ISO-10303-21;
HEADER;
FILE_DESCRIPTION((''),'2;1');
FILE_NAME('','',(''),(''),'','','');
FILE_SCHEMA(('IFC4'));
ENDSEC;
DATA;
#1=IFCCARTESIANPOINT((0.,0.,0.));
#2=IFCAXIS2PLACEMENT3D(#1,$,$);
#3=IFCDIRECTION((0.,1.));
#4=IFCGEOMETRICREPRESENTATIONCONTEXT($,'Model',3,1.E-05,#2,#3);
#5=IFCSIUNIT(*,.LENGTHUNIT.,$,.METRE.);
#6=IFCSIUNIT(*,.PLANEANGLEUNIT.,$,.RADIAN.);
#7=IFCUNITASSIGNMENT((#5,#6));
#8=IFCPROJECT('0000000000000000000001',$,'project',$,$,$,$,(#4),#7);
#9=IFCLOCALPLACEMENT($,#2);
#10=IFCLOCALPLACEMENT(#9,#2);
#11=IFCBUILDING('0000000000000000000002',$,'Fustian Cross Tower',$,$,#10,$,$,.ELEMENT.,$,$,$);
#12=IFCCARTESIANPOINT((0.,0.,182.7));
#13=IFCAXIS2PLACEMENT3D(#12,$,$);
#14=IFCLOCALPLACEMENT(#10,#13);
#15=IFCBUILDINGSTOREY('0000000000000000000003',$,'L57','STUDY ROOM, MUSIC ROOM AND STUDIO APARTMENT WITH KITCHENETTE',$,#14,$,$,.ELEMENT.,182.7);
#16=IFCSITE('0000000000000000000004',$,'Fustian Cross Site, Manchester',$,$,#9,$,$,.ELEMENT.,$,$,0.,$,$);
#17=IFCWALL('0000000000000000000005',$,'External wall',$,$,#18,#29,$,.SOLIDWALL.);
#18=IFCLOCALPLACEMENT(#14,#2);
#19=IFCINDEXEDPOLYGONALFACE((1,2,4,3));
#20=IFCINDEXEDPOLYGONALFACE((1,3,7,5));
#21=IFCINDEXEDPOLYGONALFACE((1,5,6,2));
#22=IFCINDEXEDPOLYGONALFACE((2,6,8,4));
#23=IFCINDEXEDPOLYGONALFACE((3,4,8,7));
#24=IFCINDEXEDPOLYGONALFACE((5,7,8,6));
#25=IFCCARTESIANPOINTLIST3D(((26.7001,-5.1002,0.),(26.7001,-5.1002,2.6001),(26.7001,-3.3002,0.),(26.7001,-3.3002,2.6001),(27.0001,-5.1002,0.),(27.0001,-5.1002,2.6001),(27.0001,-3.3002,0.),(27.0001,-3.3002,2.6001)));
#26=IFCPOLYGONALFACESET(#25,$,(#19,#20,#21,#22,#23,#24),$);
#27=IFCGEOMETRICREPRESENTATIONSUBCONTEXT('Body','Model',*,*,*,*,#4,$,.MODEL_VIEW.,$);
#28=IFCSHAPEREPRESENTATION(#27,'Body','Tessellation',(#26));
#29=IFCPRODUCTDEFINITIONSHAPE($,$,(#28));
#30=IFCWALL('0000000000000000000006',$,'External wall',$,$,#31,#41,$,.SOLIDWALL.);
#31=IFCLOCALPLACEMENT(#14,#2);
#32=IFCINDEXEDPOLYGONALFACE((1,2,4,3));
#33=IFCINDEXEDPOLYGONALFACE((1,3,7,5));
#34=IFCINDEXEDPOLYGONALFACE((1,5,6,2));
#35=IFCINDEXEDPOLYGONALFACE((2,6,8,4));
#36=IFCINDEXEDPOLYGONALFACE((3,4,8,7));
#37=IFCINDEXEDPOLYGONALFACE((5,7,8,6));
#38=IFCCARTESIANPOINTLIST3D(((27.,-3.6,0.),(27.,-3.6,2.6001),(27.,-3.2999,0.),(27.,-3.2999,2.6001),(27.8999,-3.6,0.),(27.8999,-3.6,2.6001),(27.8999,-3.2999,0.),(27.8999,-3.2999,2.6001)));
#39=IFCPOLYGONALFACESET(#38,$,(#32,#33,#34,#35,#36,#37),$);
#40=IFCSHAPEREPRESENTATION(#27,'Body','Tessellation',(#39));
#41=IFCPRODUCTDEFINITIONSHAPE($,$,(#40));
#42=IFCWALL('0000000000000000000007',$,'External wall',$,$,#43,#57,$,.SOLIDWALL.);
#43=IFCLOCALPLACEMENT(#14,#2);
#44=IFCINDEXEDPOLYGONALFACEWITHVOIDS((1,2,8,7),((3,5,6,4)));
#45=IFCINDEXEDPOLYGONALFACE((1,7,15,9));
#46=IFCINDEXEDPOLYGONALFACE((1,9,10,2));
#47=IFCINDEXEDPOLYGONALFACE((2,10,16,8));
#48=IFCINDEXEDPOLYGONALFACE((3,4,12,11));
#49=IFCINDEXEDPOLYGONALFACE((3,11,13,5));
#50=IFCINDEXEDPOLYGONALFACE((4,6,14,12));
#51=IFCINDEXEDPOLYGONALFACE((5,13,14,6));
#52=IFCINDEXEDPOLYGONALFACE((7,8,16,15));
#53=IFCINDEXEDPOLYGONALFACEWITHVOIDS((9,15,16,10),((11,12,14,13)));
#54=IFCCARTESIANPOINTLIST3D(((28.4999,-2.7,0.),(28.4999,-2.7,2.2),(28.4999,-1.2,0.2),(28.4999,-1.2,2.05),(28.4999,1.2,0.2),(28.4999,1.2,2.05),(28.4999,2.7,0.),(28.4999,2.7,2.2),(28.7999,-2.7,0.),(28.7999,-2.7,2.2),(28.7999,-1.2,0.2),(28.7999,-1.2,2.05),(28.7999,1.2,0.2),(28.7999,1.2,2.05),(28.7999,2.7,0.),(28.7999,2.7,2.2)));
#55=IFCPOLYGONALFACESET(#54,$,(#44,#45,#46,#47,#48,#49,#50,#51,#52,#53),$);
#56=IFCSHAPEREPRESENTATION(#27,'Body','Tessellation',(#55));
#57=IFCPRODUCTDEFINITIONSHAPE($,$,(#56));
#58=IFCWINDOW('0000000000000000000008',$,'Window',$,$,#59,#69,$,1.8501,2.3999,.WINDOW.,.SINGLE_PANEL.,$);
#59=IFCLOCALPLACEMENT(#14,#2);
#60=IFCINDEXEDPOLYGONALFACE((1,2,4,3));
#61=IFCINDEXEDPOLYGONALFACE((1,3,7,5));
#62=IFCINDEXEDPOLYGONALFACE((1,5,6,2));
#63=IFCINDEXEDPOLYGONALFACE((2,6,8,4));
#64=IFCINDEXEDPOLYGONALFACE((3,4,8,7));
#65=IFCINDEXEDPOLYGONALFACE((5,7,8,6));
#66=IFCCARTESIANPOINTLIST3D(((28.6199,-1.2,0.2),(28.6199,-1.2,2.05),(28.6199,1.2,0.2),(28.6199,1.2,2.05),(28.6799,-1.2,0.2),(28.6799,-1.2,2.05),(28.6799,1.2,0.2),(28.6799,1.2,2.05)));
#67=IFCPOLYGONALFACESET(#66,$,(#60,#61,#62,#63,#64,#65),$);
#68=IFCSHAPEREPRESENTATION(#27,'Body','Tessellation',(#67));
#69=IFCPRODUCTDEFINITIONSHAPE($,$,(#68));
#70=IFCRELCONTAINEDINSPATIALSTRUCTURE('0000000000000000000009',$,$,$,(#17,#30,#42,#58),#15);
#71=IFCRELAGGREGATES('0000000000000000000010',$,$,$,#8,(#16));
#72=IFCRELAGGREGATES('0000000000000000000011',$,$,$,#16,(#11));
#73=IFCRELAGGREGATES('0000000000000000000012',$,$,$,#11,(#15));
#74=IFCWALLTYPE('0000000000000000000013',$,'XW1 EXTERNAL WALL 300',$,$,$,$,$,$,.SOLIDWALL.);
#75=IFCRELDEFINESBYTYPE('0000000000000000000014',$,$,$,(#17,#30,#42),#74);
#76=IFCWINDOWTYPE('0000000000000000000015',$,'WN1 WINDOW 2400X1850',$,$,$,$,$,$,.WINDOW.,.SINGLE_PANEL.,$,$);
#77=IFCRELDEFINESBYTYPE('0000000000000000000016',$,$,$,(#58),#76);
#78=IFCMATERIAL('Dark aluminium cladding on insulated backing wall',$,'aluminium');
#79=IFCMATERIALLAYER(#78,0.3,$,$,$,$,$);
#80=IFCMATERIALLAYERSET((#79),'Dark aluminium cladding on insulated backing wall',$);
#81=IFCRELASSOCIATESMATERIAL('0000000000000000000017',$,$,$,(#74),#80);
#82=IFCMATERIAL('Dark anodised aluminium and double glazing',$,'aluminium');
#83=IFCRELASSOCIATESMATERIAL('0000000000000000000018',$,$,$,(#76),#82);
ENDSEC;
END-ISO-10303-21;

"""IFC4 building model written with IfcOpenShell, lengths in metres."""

from ifc_helpers import new_model, si_unit, direction, frame, frame_2d, origin, place, context, subcontext, project, spatial, rectangle, extrude, material, layer, layer_set, type_object, element, fill, save


model = new_model("IFC4")

# Units and contexts
model_context = context("Model", 3, precision=1e-05, world=origin(), true_north=direction((0.0, 1.0)))
body_context = subcontext(model_context, "Body", "Model", "MODEL_VIEW")
ifc_project = project(units=[si_unit("LENGTHUNIT", "METRE"), si_unit("PLANEANGLEUNIT", "RADIAN")], contexts=[model_context])

# Site, building, storey
site_placement = place(None, origin())
site = spatial("IfcSite", under=ifc_project, at=site_placement, Name="Fustian Cross Site, Manchester", CompositionType="ELEMENT", RefElevation=0.0)
building_placement = place(site_placement, origin())
building = spatial("IfcBuilding", under=site, at=building_placement, Name="Fustian Cross Tower", CompositionType="ELEMENT")
storey_placement = place(building_placement, frame((0.0, 0.0, 182.7)))
storey = spatial("IfcBuildingStorey", under=building, at=storey_placement, Name="L57", Description="STUDY ROOM, MUSIC ROOM AND STUDIO APARTMENT WITH KITCHENETTE", CompositionType="ELEMENT", Elevation=182.7)

# Shared definitions
ifc_material_1 = material(Name="Dark aluminium cladding on insulated backing wall", Category="aluminium")
ifc_layer_1 = layer(ifc_material_1, 0.3)
ifc_layer_set_1 = layer_set([ifc_layer_1], Name="Dark aluminium cladding on insulated backing wall")
wall_type_1 = type_object("IfcWallType", Name="XW1 EXTERNAL WALL 300", PredefinedType="SOLIDWALL", material=ifc_layer_set_1)

# Walls
wall_1_placement = place(storey_placement, frame((26.8501, -5.1001, 0.0), z_axis=(0.0, 0.0, 1.0), x_axis=(0.0, 1.0, 0.0)))
element("IfcWall", 1, at=wall_1_placement, inside=storey, type_object=wall_type_1, Name="External wall", PredefinedType="SOLIDWALL", context=body_context, shape_type="SweptSolid", body=[
    extrude(rectangle(XDim=1.8, YDim=0.3, at=frame_2d((0.8999, 0.0))), origin(), (0.0, 0.0, 1.0), 2.6001),
])
wall_2_placement = place(storey_placement, frame((27.0, -3.45, 0.0), z_axis=(0.0, 0.0, 1.0), x_axis=(1.0, 0.0, 0.0)))
element("IfcWall", 2, at=wall_2_placement, inside=storey, type_object=wall_type_1, Name="External wall", PredefinedType="SOLIDWALL", context=body_context, shape_type="SweptSolid", body=[
    extrude(rectangle(XDim=0.8999, YDim=0.3, at=frame_2d((0.45, 0.0))), origin(), (0.0, 0.0, 1.0), 2.6001),
])

# Wall, opening, window
wall_3_placement = place(storey_placement, frame((28.6499, -2.7, 0.0), z_axis=(0.0, 0.0, 1.0), x_axis=(0.0, 1.0, 0.0)))
wall_3 = element("IfcWall", 3, at=wall_3_placement, inside=storey, type_object=wall_type_1, Name="External wall", PredefinedType="SOLIDWALL", context=body_context, shape_type="SweptSolid", body=[
    extrude(rectangle(XDim=5.3999, YDim=0.3, at=frame_2d((2.7, 0.0))), origin(), (0.0, 0.0, 1.0), 2.2),
])
opening_1_placement = place(wall_3_placement, frame((1.5, 0.0, 0.2)))
opening_1 = element("IfcOpeningElement", 4, at=opening_1_placement, cuts=wall_3, PredefinedType="OPENING", context=body_context, shape_type="SweptSolid", body=[
    extrude(rectangle(XDim=2.3999, YDim=1.8501, at=frame_2d((1.2, 0.925))), frame((0.0, 0.1599, 0.0), z_axis=(0.0, -1.0, 0.0), x_axis=(1.0, 0.0, 0.0)), (0.0, 0.0, 1.0), 0.3201),
])
ifc_material_2 = material(Name="Dark anodised aluminium and double glazing", Category="aluminium")
window_type_1 = type_object("IfcWindowType", Name="WN1 WINDOW 2400X1850", PartitioningType="SINGLE_PANEL", PredefinedType="WINDOW", material=ifc_material_2)
window_1_placement = place(opening_1_placement, origin())
window_1 = element("IfcWindow", 5, at=window_1_placement, inside=storey, type_object=window_type_1, Name="Window", OverallHeight=1.8501, OverallWidth=2.3999, PartitioningType="SINGLE_PANEL", PredefinedType="WINDOW", context=body_context, shape_type="SweptSolid", body=[
    extrude(rectangle(XDim=2.3999, YDim=1.8501, at=frame_2d((1.2, 0.925))), frame((0.0, 0.03, 0.0), z_axis=(0.0, -1.0, 0.0), x_axis=(1.0, 0.0, 0.0)), (0.0, 0.0, 1.0), 0.0601),
])
fill(opening_1, window_1)

save(model, "model.ifc")
